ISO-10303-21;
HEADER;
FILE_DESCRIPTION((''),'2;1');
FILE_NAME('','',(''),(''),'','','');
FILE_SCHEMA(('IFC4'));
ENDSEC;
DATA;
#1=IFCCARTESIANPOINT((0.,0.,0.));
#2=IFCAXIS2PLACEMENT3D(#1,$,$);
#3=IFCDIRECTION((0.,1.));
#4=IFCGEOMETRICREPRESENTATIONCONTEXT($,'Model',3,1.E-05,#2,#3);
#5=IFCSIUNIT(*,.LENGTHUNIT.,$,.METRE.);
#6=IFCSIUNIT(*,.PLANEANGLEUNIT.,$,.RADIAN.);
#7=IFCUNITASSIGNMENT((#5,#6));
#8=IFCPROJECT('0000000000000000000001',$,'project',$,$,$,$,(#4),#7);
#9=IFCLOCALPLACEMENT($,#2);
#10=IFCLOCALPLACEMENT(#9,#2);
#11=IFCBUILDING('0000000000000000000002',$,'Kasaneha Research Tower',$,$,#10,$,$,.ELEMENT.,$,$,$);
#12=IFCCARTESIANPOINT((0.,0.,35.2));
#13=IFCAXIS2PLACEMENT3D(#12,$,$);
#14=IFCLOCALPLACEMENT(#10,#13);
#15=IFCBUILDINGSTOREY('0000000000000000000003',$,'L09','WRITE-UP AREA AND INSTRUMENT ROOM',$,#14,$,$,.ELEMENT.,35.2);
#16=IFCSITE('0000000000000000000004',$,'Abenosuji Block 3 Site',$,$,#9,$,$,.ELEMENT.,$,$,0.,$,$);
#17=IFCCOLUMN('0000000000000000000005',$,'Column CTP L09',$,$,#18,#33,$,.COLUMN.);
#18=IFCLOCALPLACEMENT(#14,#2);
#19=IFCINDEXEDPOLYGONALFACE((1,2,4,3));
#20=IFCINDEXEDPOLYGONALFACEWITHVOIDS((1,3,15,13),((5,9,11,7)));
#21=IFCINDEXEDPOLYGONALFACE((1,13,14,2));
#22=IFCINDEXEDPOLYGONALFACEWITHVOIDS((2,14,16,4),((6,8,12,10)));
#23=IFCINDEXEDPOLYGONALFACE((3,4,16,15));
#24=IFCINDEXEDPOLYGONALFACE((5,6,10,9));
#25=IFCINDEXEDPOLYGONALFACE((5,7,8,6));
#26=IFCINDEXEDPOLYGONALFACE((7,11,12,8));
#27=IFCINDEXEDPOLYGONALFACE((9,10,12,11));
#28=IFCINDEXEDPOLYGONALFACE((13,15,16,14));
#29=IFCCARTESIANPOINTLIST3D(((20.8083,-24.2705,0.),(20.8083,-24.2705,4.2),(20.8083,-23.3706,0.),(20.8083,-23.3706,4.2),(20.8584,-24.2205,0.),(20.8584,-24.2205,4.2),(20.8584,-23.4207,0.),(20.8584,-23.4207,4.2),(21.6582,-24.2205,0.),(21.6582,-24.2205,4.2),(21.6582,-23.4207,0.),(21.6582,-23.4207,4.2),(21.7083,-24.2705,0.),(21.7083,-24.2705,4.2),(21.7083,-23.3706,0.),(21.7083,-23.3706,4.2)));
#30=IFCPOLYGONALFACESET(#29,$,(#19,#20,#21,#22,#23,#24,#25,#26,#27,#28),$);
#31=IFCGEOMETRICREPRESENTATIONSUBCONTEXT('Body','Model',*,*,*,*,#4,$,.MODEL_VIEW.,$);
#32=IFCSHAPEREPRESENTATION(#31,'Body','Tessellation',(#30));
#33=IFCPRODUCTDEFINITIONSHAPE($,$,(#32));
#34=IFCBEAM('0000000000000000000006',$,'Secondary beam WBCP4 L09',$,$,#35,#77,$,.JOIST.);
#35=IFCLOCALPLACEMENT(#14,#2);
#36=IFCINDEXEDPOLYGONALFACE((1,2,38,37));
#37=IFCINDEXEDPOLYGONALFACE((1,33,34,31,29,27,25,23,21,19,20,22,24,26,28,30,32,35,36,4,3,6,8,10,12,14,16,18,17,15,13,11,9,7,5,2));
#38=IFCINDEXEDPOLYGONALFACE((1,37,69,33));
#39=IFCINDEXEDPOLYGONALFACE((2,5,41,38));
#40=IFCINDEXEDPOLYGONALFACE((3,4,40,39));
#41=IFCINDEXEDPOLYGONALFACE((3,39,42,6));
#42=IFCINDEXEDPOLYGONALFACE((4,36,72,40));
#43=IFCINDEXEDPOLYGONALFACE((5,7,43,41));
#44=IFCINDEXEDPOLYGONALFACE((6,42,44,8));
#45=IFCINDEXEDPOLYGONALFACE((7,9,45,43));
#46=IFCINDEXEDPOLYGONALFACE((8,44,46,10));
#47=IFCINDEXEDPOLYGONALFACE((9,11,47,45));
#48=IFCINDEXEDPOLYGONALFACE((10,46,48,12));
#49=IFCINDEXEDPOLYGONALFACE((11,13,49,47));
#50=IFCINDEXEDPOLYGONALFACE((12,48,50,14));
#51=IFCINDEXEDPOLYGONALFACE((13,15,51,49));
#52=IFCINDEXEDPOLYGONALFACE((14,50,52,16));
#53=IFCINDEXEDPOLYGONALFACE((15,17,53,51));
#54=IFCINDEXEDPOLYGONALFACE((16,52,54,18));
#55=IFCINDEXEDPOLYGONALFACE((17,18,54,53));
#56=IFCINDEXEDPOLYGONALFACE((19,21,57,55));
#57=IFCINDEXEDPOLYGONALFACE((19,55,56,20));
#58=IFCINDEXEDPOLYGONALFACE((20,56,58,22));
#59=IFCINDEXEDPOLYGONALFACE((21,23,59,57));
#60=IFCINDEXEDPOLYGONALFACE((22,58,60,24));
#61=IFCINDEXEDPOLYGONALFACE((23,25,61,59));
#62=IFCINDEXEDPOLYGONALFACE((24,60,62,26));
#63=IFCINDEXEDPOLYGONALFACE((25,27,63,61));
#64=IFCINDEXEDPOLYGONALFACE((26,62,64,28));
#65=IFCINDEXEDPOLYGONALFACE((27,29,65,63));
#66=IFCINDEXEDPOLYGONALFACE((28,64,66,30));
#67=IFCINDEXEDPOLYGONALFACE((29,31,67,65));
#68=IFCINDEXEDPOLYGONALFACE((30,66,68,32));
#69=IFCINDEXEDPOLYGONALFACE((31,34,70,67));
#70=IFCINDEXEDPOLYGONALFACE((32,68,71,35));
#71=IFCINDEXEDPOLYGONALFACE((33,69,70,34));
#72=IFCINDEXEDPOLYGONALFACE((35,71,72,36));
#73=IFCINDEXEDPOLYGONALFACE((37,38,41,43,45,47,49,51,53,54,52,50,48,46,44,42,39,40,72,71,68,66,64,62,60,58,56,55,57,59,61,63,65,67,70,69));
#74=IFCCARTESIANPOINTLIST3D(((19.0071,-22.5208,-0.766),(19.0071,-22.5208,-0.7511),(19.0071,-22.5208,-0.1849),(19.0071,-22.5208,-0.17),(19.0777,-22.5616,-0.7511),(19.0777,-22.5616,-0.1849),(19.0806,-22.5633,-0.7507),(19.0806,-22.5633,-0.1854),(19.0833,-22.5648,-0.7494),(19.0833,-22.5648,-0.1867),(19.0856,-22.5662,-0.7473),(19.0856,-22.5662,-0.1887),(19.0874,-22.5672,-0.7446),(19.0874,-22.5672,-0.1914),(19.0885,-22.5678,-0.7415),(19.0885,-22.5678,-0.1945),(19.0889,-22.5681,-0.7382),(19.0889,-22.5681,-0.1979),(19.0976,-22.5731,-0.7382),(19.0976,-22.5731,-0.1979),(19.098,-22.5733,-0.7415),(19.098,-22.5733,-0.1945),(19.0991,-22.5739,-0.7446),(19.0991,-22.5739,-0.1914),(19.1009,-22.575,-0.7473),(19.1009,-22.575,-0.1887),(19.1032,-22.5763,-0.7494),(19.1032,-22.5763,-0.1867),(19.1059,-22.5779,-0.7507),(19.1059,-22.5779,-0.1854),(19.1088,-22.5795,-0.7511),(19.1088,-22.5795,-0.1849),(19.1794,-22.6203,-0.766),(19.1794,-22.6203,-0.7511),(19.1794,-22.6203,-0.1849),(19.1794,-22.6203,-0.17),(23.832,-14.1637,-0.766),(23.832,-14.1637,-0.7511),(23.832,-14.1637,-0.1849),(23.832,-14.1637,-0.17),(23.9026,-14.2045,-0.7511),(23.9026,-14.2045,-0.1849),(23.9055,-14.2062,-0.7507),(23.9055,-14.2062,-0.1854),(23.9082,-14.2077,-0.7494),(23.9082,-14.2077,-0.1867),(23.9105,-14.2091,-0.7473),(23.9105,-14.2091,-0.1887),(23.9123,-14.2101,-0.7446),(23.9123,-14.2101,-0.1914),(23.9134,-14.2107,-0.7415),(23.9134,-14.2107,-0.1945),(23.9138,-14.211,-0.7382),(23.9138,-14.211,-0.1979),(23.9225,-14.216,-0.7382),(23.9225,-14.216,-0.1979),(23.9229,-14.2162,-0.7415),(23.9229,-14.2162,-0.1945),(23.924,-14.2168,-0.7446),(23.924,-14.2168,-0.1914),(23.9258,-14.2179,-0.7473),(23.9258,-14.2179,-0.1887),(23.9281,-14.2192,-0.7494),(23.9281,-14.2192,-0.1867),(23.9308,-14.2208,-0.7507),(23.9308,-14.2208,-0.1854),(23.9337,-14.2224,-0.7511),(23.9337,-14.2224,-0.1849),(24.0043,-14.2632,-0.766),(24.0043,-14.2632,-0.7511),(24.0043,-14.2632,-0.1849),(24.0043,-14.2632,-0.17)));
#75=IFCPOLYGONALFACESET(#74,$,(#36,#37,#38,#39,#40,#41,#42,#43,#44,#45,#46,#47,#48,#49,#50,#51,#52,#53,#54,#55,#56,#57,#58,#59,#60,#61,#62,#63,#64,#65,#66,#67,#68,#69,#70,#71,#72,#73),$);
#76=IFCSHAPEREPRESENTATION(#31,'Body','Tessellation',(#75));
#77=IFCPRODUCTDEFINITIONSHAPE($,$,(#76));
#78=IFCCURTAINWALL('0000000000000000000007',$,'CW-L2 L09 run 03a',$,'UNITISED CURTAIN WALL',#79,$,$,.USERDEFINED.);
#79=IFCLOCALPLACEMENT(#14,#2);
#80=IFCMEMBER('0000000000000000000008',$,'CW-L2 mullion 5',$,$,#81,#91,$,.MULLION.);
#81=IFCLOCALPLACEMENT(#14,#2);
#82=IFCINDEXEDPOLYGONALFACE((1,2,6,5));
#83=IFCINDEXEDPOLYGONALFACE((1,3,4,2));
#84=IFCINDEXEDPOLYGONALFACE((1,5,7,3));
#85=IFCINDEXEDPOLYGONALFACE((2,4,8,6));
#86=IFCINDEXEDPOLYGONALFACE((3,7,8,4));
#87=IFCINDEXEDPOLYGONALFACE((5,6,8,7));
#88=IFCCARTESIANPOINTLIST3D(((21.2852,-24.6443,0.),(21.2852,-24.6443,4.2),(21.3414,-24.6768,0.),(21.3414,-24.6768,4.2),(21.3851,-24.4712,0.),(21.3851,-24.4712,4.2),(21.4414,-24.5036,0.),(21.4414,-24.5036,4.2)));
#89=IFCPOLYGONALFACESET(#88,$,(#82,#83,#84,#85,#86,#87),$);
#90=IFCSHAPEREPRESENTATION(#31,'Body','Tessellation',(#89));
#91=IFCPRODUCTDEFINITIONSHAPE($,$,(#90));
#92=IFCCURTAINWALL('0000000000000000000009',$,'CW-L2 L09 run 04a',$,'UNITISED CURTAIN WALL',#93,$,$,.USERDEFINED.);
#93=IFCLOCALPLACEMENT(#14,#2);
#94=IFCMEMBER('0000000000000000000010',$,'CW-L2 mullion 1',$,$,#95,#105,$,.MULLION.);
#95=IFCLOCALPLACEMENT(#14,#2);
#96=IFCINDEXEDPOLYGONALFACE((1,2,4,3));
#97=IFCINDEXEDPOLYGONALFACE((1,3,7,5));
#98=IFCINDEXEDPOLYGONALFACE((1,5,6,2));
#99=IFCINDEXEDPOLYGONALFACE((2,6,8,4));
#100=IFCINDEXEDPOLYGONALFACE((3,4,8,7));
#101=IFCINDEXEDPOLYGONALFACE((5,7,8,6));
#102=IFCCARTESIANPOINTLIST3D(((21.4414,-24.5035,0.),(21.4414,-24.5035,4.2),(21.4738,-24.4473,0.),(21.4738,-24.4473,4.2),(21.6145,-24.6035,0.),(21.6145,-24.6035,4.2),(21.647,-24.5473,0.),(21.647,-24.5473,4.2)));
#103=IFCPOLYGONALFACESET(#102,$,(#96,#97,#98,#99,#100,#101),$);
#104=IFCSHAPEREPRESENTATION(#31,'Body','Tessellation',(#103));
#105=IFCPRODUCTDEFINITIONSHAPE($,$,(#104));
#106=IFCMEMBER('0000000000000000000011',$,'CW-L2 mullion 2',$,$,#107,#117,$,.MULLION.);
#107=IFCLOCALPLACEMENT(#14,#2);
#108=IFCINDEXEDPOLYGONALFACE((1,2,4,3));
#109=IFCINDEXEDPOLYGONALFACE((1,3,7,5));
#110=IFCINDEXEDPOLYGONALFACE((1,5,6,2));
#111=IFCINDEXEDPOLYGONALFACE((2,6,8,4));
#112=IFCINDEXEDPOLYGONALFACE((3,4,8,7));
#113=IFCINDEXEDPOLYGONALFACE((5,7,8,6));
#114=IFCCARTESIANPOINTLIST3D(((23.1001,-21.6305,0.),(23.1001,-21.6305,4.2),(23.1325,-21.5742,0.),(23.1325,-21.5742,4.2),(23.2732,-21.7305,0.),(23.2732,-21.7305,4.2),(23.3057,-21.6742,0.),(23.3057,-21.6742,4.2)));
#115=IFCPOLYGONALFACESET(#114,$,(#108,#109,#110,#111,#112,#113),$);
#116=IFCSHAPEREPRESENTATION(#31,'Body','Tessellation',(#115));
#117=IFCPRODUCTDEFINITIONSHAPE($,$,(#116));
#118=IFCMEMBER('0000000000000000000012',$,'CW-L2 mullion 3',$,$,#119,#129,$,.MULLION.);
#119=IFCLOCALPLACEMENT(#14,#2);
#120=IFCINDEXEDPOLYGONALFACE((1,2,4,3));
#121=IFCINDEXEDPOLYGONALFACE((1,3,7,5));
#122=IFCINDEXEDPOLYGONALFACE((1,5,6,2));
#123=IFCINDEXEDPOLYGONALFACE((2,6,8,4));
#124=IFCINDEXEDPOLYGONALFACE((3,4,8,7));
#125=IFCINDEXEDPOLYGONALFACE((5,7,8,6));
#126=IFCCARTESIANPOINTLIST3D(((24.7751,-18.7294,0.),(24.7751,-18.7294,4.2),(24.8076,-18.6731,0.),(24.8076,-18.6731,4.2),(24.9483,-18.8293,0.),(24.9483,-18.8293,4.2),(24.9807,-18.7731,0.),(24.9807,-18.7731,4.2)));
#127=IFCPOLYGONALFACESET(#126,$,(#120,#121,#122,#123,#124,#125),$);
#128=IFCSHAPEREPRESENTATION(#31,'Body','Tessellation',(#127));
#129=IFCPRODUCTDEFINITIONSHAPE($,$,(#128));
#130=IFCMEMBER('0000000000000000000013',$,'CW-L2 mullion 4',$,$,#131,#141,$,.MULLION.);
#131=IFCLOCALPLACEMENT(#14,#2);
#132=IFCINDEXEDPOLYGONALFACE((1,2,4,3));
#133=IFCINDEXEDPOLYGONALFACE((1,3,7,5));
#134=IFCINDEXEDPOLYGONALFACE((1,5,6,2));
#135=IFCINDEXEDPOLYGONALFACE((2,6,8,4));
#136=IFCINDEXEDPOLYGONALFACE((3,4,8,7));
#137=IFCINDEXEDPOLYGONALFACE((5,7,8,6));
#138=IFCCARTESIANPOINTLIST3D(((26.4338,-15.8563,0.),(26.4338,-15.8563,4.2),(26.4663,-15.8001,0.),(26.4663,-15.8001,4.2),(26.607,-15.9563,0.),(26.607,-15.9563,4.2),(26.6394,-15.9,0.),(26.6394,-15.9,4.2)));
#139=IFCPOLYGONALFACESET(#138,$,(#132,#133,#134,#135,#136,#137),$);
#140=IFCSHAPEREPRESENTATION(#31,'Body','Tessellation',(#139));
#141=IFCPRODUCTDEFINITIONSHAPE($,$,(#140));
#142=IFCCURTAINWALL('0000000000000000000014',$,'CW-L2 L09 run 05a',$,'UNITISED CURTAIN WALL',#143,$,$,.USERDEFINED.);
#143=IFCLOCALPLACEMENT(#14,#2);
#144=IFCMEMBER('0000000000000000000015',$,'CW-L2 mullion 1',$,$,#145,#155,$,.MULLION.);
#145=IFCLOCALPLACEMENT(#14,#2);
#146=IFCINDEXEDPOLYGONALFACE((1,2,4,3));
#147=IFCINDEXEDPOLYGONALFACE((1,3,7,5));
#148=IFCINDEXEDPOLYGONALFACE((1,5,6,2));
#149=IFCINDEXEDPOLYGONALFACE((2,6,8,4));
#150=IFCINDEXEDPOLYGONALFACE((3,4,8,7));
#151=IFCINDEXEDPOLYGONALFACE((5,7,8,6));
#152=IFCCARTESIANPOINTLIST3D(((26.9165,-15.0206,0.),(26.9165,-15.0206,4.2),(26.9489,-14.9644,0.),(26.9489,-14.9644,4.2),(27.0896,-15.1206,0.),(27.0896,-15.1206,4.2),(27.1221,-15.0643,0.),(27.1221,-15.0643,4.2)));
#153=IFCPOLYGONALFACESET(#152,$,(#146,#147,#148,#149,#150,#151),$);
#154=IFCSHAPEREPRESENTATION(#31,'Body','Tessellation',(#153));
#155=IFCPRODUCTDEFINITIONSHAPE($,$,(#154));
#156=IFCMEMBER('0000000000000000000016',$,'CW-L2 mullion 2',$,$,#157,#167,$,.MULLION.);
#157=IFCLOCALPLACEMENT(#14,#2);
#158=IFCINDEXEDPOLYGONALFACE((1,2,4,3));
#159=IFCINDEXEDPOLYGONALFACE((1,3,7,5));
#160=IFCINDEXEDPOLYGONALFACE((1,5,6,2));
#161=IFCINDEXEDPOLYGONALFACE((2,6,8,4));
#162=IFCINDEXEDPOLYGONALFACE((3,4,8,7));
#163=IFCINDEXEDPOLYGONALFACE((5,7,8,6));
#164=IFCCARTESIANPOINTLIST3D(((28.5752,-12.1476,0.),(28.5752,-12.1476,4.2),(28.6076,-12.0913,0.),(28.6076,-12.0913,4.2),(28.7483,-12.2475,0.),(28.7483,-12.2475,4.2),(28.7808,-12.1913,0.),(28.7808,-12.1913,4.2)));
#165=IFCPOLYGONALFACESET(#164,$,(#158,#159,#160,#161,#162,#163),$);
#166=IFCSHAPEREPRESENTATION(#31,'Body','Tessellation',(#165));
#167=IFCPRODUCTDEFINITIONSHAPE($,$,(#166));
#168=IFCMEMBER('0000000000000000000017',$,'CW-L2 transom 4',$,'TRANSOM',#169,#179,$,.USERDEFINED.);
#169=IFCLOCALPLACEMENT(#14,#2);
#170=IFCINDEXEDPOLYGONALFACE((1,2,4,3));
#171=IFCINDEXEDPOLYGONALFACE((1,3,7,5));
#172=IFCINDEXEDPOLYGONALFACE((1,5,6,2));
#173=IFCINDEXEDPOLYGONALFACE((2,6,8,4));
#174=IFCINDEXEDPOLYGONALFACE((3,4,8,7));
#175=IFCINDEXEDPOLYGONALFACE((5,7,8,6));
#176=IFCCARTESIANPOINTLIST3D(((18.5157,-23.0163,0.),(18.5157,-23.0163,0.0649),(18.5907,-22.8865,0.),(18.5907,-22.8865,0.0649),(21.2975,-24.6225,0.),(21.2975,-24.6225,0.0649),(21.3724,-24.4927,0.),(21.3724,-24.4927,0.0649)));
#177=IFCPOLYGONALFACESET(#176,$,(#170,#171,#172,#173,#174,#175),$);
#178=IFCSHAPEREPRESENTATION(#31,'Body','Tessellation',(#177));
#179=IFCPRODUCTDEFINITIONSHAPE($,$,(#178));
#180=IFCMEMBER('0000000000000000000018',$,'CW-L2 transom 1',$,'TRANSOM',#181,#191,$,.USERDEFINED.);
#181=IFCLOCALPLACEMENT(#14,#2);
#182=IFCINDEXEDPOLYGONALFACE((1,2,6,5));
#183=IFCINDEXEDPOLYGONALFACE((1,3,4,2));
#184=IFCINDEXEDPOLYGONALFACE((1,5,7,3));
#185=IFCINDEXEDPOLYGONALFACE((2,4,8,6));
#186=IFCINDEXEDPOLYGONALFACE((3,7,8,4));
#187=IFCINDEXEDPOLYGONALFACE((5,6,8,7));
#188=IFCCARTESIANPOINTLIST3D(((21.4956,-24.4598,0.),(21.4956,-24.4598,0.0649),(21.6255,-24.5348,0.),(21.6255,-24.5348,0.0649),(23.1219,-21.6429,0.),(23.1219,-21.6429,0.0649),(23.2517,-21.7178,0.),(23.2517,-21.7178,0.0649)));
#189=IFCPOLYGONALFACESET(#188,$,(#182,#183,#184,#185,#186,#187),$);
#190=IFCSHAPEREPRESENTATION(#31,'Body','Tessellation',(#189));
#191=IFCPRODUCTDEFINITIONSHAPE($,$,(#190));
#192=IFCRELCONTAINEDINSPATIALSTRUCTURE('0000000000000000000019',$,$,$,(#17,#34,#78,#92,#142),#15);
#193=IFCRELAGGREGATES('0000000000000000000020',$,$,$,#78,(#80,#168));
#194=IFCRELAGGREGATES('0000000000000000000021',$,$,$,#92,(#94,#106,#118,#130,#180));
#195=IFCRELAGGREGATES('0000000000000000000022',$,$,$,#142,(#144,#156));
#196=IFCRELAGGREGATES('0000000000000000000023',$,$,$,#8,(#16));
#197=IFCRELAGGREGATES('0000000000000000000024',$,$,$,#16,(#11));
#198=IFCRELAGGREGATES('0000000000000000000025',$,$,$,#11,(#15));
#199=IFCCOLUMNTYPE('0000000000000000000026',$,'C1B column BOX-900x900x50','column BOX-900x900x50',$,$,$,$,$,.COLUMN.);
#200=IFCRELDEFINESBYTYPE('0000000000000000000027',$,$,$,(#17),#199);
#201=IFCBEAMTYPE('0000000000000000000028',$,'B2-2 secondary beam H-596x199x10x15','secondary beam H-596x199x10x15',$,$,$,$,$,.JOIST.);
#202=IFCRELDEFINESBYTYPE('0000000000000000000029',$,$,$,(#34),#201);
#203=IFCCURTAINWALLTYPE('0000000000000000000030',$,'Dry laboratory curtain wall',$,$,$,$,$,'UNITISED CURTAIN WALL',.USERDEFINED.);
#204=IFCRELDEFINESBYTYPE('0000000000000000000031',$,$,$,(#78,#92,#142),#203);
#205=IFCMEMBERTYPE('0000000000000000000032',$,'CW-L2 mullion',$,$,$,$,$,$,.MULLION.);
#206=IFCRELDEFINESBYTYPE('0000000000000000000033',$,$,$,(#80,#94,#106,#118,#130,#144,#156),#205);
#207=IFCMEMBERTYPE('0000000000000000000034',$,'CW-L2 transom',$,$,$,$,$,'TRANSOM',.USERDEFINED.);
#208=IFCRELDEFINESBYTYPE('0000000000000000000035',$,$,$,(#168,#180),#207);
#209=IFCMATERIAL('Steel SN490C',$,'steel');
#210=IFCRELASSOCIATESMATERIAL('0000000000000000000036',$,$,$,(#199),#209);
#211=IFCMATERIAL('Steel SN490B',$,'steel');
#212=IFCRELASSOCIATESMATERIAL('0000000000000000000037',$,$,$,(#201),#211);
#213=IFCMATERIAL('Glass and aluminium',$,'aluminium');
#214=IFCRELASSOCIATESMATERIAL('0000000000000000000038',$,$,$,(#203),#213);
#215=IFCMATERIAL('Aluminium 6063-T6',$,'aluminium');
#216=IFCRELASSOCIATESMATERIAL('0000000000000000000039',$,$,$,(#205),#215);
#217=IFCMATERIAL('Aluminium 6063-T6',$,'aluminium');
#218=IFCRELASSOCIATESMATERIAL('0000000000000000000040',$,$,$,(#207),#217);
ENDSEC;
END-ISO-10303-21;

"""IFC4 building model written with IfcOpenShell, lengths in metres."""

from ifc_helpers import new_model, si_unit, direction, frame, origin, origin_2d, place, context, subcontext, project, spatial, rectangle, hollow_rectangle, i_section, extrude, material, material_profile, profile_set, type_object, element, aggregate, save


model = new_model("IFC4")

# Units and contexts
model_context = context("Model", 3, precision=1e-05, world=origin(), true_north=direction((0.0, 1.0)))
body_context = subcontext(model_context, "Body", "Model", "MODEL_VIEW")
ifc_project = project(units=[si_unit("LENGTHUNIT", "METRE"), si_unit("PLANEANGLEUNIT", "RADIAN")], contexts=[model_context])

# Site, building, storey
site_placement = place(None, origin())
site = spatial("IfcSite", under=ifc_project, at=site_placement, Name="Abenosuji Block 3 Site", CompositionType="ELEMENT", RefElevation=0.0)
building_placement = place(site_placement, origin())
building = spatial("IfcBuilding", under=site, at=building_placement, Name="Kasaneha Research Tower", CompositionType="ELEMENT")
storey_placement = place(building_placement, frame((0.0, 0.0, 35.2)))
storey = spatial("IfcBuildingStorey", under=building, at=storey_placement, Name="L09", Description="WRITE-UP AREA AND INSTRUMENT ROOM", CompositionType="ELEMENT", Elevation=35.2)

# Column
ifc_material_1 = material(Name="Steel SN490C", Category="steel")
ifc_material_profile_1 = material_profile(ifc_material_1, hollow_rectangle(XDim=0.8999, YDim=0.8999, WallThickness=0.05, at=origin_2d()), Name="BOX-900x900x50")
ifc_profile_set_1 = profile_set([ifc_material_profile_1], Name="Steel SN490C")
column_type = type_object("IfcColumnType", Name="C1B column BOX-900x900x50", Description="column BOX-900x900x50", PredefinedType="COLUMN", material=ifc_profile_set_1)
column_placement = place(storey_placement, frame((21.2583, -23.8206, 0.0), z_axis=(0.0, 0.0, 1.0), x_axis=(1.0, 0.0, 0.0)))
element("IfcColumn", 1, at=column_placement, inside=storey, type_object=column_type, Name="Column CTP L09", PredefinedType="COLUMN", context=body_context, shape_type="SweptSolid", body=[
    extrude(hollow_rectangle(XDim=0.8999, YDim=0.8999, WallThickness=0.05, at=origin_2d()), origin(), (0.0, 0.0, 1.0), 4.2),
])

# Beam
ifc_material_2 = material(Name="Steel SN490B", Category="steel")
ifc_material_profile_2 = material_profile(ifc_material_2, i_section(OverallWidth=0.199, OverallDepth=0.5959, WebThickness=0.01, FlangeThickness=0.0149, FilletRadius=0.0129, at=origin_2d()), Name="H-596x199x10x15")
ifc_profile_set_2 = profile_set([ifc_material_profile_2], Name="Steel SN490B")
beam_type_1 = type_object("IfcBeamType", Name="B2-2 secondary beam H-596x199x10x15", Description="secondary beam H-596x199x10x15", PredefinedType="JOIST", material=ifc_profile_set_2)
beam_1_placement = place(storey_placement, frame((19.0933, -22.5706, -0.468), z_axis=(0.499995, 0.866028, 0.0), x_axis=(-0.866028, 0.499995, 0.0)))
element("IfcBeam", 2, at=beam_1_placement, inside=storey, type_object=beam_type_1, Name="Secondary beam WBCP4 L09", PredefinedType="JOIST", context=body_context, shape_type="SweptSolid", body=[
    extrude(i_section(OverallWidth=0.199, OverallDepth=0.5959, WebThickness=0.01, FlangeThickness=0.0149, FilletRadius=0.0129, at=origin_2d()), origin(), (0.0, 0.0, 1.0), 9.6499),
])

# Curtain wall, member
ifc_material_3 = material(Name="Glass and aluminium", Category="aluminium")
curtain_wall_type = type_object("IfcCurtainWallType", Name="Dry laboratory curtain wall", ElementType="UNITISED CURTAIN WALL", PredefinedType="USERDEFINED", material=ifc_material_3)
curtain_wall_1_placement = place(storey_placement, origin())
curtain_wall_1 = element("IfcCurtainWall", 3, at=curtain_wall_1_placement, inside=storey, type_object=curtain_wall_type, Name="CW-L2 L09 run 03a", ObjectType="UNITISED CURTAIN WALL", PredefinedType="USERDEFINED")
ifc_material_4 = material(Name="Aluminium 6063-T6", Category="aluminium")
ifc_material_profile_3 = material_profile(ifc_material_4, rectangle(XDim=0.0649, YDim=0.2, at=origin_2d()), Name="CW-L2 mullion 65x200")
ifc_profile_set_3 = profile_set([ifc_material_profile_3], Name="Aluminium 6063-T6")
member_type_1 = type_object("IfcMemberType", Name="CW-L2 mullion", PredefinedType="MULLION", material=ifc_profile_set_3)
member_1_placement = place(storey_placement, frame((21.3633, -24.574, 0.0), z_axis=(0.0, 0.0, 1.0), x_axis=(0.866025, -0.5, 0.0)))
member_1 = element("IfcMember", 4, at=member_1_placement, type_object=member_type_1, Name="CW-L2 mullion 5", PredefinedType="MULLION", context=body_context, shape_type="SweptSolid", body=[
    extrude(rectangle(XDim=0.0649, YDim=0.2, at=origin_2d()), origin(), (0.0, 0.0, 1.0), 4.2),
])

# Curtain walls, members
curtain_wall_2_placement = place(storey_placement, origin())
curtain_wall_2 = element("IfcCurtainWall", 5, at=curtain_wall_2_placement, inside=storey, type_object=curtain_wall_type, Name="CW-L2 L09 run 04a", ObjectType="UNITISED CURTAIN WALL", PredefinedType="USERDEFINED")
member_2_placement = place(storey_placement, frame((21.5442, -24.5254, 0.0), z_axis=(0.0, 0.0, 1.0), x_axis=(0.5, 0.866025, 0.0)))
member_2 = element("IfcMember", 6, at=member_2_placement, type_object=member_type_1, Name="CW-L2 mullion 1", PredefinedType="MULLION", context=body_context, shape_type="SweptSolid", body=[
    extrude(rectangle(XDim=0.0649, YDim=0.2, at=origin_2d()), origin(), (0.0, 0.0, 1.0), 4.2),
])
member_3_placement = place(storey_placement, frame((23.2029, -21.6523, 0.0), z_axis=(0.0, 0.0, 1.0), x_axis=(0.5, 0.866025, 0.0)))
member_3 = element("IfcMember", 7, at=member_3_placement, type_object=member_type_1, Name="CW-L2 mullion 2", PredefinedType="MULLION", context=body_context, shape_type="SweptSolid", body=[
    extrude(rectangle(XDim=0.0649, YDim=0.2, at=origin_2d()), origin(), (0.0, 0.0, 1.0), 4.2),
])
member_4_placement = place(storey_placement, frame((24.8779, -18.7512, 0.0), z_axis=(0.0, 0.0, 1.0), x_axis=(0.5, 0.866025, 0.0)))
member_4 = element("IfcMember", 8, at=member_4_placement, type_object=member_type_1, Name="CW-L2 mullion 3", PredefinedType="MULLION", context=body_context, shape_type="SweptSolid", body=[
    extrude(rectangle(XDim=0.0649, YDim=0.2, at=origin_2d()), origin(), (0.0, 0.0, 1.0), 4.2),
])
member_5_placement = place(storey_placement, frame((26.5366, -15.8782, 0.0), z_axis=(0.0, 0.0, 1.0), x_axis=(0.5, 0.866025, 0.0)))
member_5 = element("IfcMember", 9, at=member_5_placement, type_object=member_type_1, Name="CW-L2 mullion 4", PredefinedType="MULLION", context=body_context, shape_type="SweptSolid", body=[
    extrude(rectangle(XDim=0.0649, YDim=0.2, at=origin_2d()), origin(), (0.0, 0.0, 1.0), 4.2),
])
curtain_wall_3_placement = place(storey_placement, origin())
curtain_wall_3 = element("IfcCurtainWall", 10, at=curtain_wall_3_placement, inside=storey, type_object=curtain_wall_type, Name="CW-L2 L09 run 05a", ObjectType="UNITISED CURTAIN WALL", PredefinedType="USERDEFINED")
member_6_placement = place(storey_placement, frame((27.0193, -15.0425, 0.0), z_axis=(0.0, 0.0, 1.0), x_axis=(0.5, 0.866025, 0.0)))
member_6 = element("IfcMember", 11, at=member_6_placement, type_object=member_type_1, Name="CW-L2 mullion 1", PredefinedType="MULLION", context=body_context, shape_type="SweptSolid", body=[
    extrude(rectangle(XDim=0.0649, YDim=0.2, at=origin_2d()), origin(), (0.0, 0.0, 1.0), 4.2),
])
member_7_placement = place(storey_placement, frame((28.678, -12.1694, 0.0), z_axis=(0.0, 0.0, 1.0), x_axis=(0.5, 0.866025, 0.0)))
member_7 = element("IfcMember", 12, at=member_7_placement, type_object=member_type_1, Name="CW-L2 mullion 2", PredefinedType="MULLION", context=body_context, shape_type="SweptSolid", body=[
    extrude(rectangle(XDim=0.0649, YDim=0.2, at=origin_2d()), origin(), (0.0, 0.0, 1.0), 4.2),
])

# Members
ifc_material_5 = material(Name="Aluminium 6063-T6", Category="aluminium")
ifc_material_profile_4 = material_profile(ifc_material_5, rectangle(XDim=0.1499, YDim=0.0649, at=origin_2d()), Name="CW-L2 transom 150x65")
ifc_profile_set_4 = profile_set([ifc_material_profile_4], Name="Aluminium 6063-T6")
member_type_2 = type_object("IfcMemberType", Name="CW-L2 transom", ElementType="TRANSOM", PredefinedType="USERDEFINED", material=ifc_profile_set_4)
member_8_placement = place(storey_placement, frame((18.5532, -22.9514, 0.0325), z_axis=(0.866003, -0.500038, 0.0), x_axis=(0.500038, 0.866003, 0.0)))
member_8 = element("IfcMember", 13, at=member_8_placement, type_object=member_type_2, Name="CW-L2 transom 4", ObjectType="TRANSOM", PredefinedType="USERDEFINED", context=body_context, shape_type="SweptSolid", body=[
    extrude(rectangle(XDim=0.1499, YDim=0.0649, at=origin_2d()), origin(), (0.0, 0.0, 1.0), 3.2122),
])
member_9_placement = place(storey_placement, frame((21.5605, -24.4973, 0.0325), z_axis=(0.499974, 0.866041, 0.0), x_axis=(-0.866041, 0.499974, 0.0)))
member_9 = element("IfcMember", 14, at=member_9_placement, type_object=member_type_2, Name="CW-L2 transom 1", ObjectType="TRANSOM", PredefinedType="USERDEFINED", context=body_context, shape_type="SweptSolid", body=[
    extrude(rectangle(XDim=0.1499, YDim=0.0649, at=origin_2d()), origin(), (0.0, 0.0, 1.0), 3.2527),
])

aggregate(curtain_wall_1, [member_1, member_8])
aggregate(curtain_wall_2, [member_2, member_3, member_4, member_5, member_9])
aggregate(curtain_wall_3, [member_6, member_7])

save(model, "model.ifc")
